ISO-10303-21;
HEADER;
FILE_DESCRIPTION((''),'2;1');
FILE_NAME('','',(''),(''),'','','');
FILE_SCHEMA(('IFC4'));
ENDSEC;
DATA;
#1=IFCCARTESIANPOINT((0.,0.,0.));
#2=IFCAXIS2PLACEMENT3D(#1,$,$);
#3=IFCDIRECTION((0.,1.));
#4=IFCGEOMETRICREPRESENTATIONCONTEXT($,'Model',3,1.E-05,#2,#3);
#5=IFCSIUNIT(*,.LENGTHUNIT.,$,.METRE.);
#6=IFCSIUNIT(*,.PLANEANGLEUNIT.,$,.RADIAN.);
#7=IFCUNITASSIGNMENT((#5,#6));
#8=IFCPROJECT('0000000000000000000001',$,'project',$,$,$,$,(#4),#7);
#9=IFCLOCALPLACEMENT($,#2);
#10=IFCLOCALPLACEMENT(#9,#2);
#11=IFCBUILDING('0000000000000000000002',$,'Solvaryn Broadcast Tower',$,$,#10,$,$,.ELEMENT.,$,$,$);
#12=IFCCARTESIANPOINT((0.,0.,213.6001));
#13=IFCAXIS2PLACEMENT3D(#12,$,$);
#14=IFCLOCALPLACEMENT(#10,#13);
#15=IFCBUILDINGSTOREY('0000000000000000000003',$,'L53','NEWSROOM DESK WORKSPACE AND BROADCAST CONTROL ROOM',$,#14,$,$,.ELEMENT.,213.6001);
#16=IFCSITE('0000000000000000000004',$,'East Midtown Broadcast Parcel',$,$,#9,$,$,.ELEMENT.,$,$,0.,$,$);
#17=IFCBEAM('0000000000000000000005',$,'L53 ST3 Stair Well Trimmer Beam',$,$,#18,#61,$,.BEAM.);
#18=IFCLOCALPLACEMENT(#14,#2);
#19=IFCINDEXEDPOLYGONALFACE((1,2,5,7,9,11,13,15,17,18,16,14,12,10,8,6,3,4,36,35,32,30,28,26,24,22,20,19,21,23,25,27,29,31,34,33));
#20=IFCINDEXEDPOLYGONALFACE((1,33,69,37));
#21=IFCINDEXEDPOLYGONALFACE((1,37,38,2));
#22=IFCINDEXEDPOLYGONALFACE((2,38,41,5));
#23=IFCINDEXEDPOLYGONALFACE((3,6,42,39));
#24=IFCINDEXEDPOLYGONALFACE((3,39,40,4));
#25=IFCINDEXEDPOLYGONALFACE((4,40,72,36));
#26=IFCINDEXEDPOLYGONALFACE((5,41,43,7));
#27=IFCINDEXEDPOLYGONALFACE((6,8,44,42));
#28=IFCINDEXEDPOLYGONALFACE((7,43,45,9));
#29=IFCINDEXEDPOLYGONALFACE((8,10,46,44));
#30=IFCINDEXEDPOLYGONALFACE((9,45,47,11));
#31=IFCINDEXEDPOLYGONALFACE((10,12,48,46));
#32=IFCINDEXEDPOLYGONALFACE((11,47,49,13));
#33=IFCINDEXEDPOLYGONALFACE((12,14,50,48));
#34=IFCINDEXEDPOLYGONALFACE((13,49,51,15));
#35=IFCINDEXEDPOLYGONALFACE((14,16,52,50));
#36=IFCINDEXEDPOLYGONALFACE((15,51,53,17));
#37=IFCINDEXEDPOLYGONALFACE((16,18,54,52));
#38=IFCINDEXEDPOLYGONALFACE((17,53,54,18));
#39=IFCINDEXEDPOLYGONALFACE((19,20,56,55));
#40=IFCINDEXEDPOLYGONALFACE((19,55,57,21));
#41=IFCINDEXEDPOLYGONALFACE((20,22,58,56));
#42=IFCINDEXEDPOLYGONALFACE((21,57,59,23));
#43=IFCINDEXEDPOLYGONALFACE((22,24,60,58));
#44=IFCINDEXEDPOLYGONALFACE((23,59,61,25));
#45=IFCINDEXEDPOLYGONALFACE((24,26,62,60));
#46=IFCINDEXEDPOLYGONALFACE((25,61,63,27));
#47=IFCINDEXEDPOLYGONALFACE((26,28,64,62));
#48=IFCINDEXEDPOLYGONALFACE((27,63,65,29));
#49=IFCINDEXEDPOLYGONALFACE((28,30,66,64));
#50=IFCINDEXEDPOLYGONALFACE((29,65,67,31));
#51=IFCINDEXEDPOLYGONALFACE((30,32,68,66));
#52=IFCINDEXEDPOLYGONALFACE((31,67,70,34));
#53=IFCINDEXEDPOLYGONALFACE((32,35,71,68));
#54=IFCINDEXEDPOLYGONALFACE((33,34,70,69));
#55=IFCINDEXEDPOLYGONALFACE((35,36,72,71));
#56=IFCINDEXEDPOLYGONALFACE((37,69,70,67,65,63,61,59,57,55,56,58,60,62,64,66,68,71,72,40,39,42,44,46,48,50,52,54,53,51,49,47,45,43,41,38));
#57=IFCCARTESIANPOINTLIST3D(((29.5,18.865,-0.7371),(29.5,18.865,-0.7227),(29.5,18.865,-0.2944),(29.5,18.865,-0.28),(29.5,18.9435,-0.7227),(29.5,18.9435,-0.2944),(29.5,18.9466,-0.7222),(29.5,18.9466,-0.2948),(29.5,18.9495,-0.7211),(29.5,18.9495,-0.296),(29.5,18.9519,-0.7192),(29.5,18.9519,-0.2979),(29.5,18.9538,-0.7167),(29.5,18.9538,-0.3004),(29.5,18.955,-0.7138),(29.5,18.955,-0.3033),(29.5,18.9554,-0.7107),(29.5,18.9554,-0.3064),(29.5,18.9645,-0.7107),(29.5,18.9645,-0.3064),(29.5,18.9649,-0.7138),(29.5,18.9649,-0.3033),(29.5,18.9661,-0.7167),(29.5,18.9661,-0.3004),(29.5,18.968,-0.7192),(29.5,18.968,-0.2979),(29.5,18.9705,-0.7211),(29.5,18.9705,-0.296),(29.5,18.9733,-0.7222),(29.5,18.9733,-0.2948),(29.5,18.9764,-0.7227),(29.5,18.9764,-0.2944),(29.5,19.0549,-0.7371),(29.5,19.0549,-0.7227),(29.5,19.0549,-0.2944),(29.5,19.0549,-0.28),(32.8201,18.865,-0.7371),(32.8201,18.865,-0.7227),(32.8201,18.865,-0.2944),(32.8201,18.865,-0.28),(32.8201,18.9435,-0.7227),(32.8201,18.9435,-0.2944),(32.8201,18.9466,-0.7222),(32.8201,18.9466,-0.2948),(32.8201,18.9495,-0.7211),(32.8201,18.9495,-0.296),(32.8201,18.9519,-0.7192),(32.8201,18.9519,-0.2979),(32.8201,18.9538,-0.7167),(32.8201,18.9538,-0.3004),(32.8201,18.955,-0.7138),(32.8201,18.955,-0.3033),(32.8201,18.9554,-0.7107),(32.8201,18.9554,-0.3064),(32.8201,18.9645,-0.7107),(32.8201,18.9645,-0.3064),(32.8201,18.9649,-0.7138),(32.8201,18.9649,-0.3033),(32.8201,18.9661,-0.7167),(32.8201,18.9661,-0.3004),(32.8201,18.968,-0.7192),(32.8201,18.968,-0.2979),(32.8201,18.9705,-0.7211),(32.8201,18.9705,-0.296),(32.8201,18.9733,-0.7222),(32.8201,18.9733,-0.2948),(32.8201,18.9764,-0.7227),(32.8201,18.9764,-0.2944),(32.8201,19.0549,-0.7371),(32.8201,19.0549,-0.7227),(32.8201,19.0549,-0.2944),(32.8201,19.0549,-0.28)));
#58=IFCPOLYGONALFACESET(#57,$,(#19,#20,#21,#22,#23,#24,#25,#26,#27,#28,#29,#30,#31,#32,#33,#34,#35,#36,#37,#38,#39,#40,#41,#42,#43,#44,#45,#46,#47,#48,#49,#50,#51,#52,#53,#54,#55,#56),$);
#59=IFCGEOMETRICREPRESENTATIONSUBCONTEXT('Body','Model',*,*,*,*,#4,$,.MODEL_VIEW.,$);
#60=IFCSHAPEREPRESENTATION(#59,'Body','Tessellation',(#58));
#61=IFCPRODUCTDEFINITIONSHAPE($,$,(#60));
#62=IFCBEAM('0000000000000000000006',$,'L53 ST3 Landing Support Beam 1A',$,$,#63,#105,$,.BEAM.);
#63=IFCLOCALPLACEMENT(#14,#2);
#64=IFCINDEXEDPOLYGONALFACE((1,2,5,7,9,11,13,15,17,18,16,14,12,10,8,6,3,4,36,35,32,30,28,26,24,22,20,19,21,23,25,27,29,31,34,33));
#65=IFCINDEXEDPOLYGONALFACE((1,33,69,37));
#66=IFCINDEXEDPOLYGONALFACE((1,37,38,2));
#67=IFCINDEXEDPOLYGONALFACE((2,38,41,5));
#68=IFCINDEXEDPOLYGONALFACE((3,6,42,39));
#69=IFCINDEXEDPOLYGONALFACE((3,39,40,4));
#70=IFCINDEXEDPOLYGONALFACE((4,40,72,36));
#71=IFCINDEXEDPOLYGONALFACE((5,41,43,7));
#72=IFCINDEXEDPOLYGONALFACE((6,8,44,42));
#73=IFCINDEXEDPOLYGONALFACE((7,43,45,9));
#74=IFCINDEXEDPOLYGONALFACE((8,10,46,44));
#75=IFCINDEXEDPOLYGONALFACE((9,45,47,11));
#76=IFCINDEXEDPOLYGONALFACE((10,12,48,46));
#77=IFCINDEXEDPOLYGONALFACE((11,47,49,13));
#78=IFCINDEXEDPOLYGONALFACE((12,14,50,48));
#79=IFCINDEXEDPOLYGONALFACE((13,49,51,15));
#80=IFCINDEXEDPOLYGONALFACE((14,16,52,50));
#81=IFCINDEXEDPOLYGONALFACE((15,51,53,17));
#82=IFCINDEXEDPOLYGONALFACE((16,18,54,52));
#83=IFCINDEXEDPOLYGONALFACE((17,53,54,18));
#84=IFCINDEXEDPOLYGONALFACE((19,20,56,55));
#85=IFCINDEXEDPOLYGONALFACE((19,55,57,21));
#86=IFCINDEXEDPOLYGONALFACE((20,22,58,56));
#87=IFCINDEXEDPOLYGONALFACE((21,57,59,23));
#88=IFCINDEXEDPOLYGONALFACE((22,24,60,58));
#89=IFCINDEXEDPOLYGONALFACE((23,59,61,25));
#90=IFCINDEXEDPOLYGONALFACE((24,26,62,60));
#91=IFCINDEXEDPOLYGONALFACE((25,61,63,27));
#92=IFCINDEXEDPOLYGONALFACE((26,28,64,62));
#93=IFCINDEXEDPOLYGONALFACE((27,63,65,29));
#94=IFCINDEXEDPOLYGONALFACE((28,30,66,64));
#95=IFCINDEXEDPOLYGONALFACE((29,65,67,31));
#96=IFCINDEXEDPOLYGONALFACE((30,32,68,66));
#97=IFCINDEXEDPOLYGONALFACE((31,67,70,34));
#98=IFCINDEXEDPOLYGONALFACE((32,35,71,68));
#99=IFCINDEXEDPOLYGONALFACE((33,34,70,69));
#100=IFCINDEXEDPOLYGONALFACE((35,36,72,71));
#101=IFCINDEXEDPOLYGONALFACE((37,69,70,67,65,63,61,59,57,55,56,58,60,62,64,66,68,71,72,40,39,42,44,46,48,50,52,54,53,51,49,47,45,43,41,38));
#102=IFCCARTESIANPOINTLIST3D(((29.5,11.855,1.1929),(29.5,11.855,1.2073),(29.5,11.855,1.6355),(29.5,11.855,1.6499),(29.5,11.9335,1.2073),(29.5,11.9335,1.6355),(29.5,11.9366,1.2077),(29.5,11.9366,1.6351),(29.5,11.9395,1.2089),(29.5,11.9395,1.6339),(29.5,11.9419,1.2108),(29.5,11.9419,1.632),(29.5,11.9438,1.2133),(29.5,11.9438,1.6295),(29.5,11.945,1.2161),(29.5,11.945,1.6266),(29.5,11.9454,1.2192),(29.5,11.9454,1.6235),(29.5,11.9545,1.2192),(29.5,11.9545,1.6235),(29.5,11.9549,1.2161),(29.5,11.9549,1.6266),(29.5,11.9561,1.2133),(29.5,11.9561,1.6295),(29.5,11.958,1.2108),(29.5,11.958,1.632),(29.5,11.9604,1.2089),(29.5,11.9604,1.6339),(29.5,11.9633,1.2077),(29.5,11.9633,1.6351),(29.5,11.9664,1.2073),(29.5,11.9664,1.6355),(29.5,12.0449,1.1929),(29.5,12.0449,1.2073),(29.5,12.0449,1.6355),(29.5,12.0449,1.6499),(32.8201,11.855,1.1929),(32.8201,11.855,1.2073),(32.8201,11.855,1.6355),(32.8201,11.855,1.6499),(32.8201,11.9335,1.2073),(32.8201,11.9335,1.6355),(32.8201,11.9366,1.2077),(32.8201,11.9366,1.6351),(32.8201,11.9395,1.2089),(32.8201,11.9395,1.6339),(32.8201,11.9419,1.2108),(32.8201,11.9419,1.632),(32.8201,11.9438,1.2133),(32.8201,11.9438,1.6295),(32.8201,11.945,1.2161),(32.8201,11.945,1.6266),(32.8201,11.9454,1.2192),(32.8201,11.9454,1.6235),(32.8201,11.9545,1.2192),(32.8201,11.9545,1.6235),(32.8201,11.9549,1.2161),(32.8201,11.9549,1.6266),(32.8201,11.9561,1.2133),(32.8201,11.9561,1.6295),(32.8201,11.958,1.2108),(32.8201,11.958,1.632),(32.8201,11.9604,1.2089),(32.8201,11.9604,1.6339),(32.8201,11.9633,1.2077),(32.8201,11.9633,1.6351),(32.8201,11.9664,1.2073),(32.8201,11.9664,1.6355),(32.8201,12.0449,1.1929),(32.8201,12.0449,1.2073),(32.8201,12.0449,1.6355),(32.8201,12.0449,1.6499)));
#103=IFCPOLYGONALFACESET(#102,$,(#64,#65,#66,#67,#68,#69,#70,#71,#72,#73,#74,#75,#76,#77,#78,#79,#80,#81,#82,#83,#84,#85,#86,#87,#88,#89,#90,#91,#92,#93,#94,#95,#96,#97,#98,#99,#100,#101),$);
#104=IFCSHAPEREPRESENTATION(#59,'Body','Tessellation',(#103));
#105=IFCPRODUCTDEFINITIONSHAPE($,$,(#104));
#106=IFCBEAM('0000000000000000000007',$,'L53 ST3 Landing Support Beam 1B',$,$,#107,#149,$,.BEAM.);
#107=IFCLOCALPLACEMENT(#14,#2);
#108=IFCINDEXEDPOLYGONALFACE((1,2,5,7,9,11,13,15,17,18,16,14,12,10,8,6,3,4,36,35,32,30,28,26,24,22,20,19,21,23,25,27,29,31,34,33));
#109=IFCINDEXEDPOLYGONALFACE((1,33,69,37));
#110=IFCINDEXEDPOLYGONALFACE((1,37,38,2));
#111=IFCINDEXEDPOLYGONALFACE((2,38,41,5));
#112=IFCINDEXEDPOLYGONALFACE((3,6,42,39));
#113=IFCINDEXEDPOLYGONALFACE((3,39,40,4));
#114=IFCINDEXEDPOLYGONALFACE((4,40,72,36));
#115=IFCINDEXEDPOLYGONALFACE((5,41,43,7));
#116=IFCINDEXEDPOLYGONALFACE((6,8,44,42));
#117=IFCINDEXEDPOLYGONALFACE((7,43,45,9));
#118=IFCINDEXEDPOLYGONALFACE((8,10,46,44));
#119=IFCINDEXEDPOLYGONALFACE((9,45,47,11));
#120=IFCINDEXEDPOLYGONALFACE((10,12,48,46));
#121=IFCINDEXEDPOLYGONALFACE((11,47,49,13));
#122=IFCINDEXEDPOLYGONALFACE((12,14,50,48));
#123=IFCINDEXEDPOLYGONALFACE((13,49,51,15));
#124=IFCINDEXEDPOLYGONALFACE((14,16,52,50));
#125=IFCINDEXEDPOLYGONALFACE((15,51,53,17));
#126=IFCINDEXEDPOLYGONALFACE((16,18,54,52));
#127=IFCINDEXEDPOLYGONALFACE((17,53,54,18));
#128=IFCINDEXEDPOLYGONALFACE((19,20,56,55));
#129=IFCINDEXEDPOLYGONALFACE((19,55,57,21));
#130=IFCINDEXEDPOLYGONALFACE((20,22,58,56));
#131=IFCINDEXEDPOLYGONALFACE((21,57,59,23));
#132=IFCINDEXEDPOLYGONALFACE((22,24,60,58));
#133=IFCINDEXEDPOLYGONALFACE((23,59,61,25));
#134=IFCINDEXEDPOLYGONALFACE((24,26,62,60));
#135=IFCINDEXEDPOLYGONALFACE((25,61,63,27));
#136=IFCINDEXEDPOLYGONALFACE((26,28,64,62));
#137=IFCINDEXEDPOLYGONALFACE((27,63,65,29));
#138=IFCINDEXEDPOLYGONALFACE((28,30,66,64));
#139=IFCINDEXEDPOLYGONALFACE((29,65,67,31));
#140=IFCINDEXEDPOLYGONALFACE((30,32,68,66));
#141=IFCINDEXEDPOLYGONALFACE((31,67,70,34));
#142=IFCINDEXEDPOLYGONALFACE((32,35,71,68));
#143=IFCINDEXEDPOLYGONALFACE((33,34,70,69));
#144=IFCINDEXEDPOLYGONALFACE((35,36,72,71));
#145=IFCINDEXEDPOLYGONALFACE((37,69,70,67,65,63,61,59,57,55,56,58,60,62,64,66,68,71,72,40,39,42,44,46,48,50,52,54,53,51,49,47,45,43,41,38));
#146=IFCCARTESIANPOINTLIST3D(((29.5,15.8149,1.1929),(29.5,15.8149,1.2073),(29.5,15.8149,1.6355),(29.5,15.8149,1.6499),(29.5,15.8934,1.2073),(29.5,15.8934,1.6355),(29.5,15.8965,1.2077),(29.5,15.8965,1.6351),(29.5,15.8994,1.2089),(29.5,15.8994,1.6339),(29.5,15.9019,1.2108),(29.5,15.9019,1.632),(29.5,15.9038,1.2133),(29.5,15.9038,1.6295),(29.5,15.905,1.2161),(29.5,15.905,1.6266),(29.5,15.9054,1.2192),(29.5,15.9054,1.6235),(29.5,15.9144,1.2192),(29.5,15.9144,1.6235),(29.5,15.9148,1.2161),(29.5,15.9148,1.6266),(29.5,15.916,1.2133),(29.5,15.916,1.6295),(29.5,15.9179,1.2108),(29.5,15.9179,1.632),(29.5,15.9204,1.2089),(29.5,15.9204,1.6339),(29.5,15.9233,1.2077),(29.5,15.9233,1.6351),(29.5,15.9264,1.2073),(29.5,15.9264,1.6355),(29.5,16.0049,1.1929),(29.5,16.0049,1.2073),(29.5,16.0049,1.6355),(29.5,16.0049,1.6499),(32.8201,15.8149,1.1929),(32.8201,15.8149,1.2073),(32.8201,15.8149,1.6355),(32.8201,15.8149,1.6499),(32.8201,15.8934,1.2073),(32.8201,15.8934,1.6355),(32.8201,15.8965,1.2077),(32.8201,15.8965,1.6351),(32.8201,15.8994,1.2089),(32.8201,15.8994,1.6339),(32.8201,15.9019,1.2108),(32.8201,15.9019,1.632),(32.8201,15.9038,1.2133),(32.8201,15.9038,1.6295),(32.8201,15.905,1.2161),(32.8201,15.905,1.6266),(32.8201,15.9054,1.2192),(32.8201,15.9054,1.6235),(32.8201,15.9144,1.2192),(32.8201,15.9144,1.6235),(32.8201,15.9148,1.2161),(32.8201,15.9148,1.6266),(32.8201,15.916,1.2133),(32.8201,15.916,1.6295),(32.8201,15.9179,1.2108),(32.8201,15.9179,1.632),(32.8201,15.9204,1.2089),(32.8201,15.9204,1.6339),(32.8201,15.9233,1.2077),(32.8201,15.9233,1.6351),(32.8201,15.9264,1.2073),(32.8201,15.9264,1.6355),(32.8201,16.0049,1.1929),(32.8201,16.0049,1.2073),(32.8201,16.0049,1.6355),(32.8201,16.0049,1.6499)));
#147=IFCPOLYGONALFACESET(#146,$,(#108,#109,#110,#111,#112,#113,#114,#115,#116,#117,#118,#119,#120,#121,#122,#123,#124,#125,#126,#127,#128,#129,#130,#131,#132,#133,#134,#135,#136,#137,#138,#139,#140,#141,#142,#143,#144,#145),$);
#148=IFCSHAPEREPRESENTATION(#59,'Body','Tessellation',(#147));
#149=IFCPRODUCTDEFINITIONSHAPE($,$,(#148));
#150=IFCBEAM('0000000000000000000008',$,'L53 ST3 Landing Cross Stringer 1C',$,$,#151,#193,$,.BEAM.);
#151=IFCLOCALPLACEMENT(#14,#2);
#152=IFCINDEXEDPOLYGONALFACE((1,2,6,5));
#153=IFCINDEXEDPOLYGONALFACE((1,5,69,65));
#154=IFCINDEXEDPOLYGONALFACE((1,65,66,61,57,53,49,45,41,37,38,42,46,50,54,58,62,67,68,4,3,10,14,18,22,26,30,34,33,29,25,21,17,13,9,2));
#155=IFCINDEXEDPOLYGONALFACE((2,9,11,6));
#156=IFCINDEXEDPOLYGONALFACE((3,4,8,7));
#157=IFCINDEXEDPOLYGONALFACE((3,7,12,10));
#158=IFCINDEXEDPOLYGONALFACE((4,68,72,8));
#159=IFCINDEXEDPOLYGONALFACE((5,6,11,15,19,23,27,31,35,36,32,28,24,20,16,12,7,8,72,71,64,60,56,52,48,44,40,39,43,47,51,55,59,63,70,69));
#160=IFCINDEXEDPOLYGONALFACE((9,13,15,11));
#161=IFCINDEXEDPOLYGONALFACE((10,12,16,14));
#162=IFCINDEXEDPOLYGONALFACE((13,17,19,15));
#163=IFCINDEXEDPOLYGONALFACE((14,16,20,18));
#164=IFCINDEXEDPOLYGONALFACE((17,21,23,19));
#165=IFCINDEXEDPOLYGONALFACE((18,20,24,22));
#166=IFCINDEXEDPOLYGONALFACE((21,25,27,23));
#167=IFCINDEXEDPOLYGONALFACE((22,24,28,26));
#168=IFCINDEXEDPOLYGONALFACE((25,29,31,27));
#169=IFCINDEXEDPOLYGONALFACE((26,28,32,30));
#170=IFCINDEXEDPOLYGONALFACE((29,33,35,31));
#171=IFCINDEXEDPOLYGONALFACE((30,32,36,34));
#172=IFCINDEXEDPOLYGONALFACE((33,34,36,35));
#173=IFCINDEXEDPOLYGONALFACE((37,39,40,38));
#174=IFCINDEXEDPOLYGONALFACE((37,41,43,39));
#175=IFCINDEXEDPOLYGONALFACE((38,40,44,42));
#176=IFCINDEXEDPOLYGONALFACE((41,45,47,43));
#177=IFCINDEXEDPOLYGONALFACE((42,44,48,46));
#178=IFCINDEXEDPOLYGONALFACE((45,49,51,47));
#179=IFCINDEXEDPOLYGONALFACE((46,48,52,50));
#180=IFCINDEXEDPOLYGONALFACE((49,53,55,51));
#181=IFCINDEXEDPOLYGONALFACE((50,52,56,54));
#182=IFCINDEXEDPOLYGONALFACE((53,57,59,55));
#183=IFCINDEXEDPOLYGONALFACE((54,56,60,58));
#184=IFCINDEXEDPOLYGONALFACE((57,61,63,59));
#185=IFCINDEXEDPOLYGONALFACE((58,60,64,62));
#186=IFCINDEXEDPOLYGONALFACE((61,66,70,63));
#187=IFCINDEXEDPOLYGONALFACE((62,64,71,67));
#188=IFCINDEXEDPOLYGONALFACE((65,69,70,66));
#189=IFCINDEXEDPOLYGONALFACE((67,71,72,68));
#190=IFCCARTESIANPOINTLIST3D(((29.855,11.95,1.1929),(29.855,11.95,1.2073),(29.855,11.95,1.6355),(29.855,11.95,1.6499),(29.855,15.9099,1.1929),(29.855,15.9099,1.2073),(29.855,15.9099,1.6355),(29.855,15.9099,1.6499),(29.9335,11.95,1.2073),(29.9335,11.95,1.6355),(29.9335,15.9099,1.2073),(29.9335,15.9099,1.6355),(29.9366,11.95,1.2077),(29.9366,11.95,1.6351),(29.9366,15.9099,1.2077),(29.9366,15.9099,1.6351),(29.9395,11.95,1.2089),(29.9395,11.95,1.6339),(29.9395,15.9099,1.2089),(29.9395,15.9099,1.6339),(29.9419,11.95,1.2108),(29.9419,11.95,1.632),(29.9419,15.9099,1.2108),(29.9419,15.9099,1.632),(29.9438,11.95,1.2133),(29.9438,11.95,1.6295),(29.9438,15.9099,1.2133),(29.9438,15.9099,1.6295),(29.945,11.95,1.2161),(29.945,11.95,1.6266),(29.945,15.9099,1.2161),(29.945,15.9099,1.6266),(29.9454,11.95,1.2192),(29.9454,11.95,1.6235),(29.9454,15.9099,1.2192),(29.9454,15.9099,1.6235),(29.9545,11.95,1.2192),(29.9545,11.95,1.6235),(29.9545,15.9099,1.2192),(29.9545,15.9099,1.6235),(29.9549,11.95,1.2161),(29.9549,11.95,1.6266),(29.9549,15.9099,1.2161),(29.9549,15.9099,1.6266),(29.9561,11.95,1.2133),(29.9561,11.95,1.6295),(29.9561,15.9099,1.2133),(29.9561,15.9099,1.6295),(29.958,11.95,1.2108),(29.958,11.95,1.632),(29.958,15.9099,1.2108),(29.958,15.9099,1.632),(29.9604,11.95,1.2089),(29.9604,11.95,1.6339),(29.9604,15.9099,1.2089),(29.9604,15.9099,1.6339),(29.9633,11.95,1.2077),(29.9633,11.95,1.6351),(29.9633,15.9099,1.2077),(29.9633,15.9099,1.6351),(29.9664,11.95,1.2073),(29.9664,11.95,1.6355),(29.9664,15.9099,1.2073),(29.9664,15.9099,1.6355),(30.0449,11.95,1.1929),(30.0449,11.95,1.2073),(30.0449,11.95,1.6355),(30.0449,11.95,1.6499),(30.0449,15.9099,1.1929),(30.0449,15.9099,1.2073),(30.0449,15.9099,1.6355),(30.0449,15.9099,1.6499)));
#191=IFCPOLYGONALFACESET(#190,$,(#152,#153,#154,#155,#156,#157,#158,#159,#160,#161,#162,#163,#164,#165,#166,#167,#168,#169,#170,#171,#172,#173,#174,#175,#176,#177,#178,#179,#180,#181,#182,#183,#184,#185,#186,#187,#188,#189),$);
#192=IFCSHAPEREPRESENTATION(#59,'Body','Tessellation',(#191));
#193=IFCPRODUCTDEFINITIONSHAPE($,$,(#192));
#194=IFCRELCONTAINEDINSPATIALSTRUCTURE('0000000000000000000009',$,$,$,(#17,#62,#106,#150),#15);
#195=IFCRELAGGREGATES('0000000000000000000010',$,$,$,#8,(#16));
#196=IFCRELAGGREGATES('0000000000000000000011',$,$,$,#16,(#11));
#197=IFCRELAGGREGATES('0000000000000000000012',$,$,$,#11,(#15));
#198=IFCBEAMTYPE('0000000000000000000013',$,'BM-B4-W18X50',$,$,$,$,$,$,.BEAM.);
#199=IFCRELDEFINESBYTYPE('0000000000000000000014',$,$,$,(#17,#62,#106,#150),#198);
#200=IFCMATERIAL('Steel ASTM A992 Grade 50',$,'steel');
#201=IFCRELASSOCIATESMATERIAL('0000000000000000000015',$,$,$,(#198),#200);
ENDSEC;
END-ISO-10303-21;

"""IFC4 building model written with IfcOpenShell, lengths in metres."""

from ifc_helpers import new_model, si_unit, direction, frame, origin, origin_2d, place, context, subcontext, project, spatial, i_section, extrude, material, material_profile, profile_set, type_object, element, save


model = new_model("IFC4")

# Units and contexts
model_context = context("Model", 3, precision=1e-05, world=origin(), true_north=direction((0.0, 1.0)))
body_context = subcontext(model_context, "Body", "Model", "MODEL_VIEW")
ifc_project = project(units=[si_unit("LENGTHUNIT", "METRE"), si_unit("PLANEANGLEUNIT", "RADIAN")], contexts=[model_context])

# Site, building, storey
site_placement = place(None, origin())
site = spatial("IfcSite", under=ifc_project, at=site_placement, Name="East Midtown Broadcast Parcel", CompositionType="ELEMENT", RefElevation=0.0)
building_placement = place(site_placement, origin())
building = spatial("IfcBuilding", under=site, at=building_placement, Name="Solvaryn Broadcast Tower", CompositionType="ELEMENT")
storey_placement = place(building_placement, frame((0.0, 0.0, 213.6001)))
storey = spatial("IfcBuildingStorey", under=building, at=storey_placement, Name="L53", Description="NEWSROOM DESK WORKSPACE AND BROADCAST CONTROL ROOM", CompositionType="ELEMENT", Elevation=213.6001)

# Beams
ifc_material_1 = material(Name="Steel ASTM A992 Grade 50", Category="steel")
ifc_material_profile_1 = material_profile(ifc_material_1, i_section(OverallWidth=0.1899, OverallDepth=0.457, WebThickness=0.009, FlangeThickness=0.0144, FilletRadius=0.012, at=origin_2d()))
ifc_profile_set_1 = profile_set([ifc_material_profile_1], Name="Steel ASTM A992 Grade 50")
beam_type_1 = type_object("IfcBeamType", Name="BM-B4-W18X50", PredefinedType="BEAM", material=ifc_profile_set_1)
for number, where, z_axis, x_axis, name in (
    (1, (29.5, 18.96, -0.5085), (1.0, 0.0, 0.0), (0.0, 1.0, 0.0), "L53 ST3 Stair Well Trimmer Beam"),
    (2, (29.5, 11.95, 1.4214), (1.0, 0.0, 0.0), (0.0, 1.0, 0.0), "L53 ST3 Landing Support Beam 1A"),
    (3, (29.5, 15.9099, 1.4214), (1.0, 0.0, 0.0), (0.0, 1.0, 0.0), "L53 ST3 Landing Support Beam 1B"),
):
    element("IfcBeam", number, at=place(storey_placement, frame(where, z_axis=z_axis, x_axis=x_axis)), inside=storey, type_object=beam_type_1, Name=name, PredefinedType="BEAM", context=body_context, shape_type="SweptSolid", body=[
        extrude(i_section(OverallWidth=0.1899, OverallDepth=0.457, WebThickness=0.009, FlangeThickness=0.0144, FilletRadius=0.012, at=origin_2d()), origin(), (0.0, 0.0, 1.0), 3.3201),
    ])
beam_1_placement = place(storey_placement, frame((29.95, 11.95, 1.4214), z_axis=(0.0, 1.0, 0.0), x_axis=(-1.0, 0.0, 0.0)))
element("IfcBeam", 4, at=beam_1_placement, inside=storey, type_object=beam_type_1, Name="L53 ST3 Landing Cross Stringer 1C", PredefinedType="BEAM", context=body_context, shape_type="SweptSolid", body=[
    extrude(i_section(OverallWidth=0.1899, OverallDepth=0.457, WebThickness=0.009, FlangeThickness=0.0144, FilletRadius=0.012, at=origin_2d()), origin(), (0.0, 0.0, 1.0), 3.96),
])

save(model, "model.ifc")
